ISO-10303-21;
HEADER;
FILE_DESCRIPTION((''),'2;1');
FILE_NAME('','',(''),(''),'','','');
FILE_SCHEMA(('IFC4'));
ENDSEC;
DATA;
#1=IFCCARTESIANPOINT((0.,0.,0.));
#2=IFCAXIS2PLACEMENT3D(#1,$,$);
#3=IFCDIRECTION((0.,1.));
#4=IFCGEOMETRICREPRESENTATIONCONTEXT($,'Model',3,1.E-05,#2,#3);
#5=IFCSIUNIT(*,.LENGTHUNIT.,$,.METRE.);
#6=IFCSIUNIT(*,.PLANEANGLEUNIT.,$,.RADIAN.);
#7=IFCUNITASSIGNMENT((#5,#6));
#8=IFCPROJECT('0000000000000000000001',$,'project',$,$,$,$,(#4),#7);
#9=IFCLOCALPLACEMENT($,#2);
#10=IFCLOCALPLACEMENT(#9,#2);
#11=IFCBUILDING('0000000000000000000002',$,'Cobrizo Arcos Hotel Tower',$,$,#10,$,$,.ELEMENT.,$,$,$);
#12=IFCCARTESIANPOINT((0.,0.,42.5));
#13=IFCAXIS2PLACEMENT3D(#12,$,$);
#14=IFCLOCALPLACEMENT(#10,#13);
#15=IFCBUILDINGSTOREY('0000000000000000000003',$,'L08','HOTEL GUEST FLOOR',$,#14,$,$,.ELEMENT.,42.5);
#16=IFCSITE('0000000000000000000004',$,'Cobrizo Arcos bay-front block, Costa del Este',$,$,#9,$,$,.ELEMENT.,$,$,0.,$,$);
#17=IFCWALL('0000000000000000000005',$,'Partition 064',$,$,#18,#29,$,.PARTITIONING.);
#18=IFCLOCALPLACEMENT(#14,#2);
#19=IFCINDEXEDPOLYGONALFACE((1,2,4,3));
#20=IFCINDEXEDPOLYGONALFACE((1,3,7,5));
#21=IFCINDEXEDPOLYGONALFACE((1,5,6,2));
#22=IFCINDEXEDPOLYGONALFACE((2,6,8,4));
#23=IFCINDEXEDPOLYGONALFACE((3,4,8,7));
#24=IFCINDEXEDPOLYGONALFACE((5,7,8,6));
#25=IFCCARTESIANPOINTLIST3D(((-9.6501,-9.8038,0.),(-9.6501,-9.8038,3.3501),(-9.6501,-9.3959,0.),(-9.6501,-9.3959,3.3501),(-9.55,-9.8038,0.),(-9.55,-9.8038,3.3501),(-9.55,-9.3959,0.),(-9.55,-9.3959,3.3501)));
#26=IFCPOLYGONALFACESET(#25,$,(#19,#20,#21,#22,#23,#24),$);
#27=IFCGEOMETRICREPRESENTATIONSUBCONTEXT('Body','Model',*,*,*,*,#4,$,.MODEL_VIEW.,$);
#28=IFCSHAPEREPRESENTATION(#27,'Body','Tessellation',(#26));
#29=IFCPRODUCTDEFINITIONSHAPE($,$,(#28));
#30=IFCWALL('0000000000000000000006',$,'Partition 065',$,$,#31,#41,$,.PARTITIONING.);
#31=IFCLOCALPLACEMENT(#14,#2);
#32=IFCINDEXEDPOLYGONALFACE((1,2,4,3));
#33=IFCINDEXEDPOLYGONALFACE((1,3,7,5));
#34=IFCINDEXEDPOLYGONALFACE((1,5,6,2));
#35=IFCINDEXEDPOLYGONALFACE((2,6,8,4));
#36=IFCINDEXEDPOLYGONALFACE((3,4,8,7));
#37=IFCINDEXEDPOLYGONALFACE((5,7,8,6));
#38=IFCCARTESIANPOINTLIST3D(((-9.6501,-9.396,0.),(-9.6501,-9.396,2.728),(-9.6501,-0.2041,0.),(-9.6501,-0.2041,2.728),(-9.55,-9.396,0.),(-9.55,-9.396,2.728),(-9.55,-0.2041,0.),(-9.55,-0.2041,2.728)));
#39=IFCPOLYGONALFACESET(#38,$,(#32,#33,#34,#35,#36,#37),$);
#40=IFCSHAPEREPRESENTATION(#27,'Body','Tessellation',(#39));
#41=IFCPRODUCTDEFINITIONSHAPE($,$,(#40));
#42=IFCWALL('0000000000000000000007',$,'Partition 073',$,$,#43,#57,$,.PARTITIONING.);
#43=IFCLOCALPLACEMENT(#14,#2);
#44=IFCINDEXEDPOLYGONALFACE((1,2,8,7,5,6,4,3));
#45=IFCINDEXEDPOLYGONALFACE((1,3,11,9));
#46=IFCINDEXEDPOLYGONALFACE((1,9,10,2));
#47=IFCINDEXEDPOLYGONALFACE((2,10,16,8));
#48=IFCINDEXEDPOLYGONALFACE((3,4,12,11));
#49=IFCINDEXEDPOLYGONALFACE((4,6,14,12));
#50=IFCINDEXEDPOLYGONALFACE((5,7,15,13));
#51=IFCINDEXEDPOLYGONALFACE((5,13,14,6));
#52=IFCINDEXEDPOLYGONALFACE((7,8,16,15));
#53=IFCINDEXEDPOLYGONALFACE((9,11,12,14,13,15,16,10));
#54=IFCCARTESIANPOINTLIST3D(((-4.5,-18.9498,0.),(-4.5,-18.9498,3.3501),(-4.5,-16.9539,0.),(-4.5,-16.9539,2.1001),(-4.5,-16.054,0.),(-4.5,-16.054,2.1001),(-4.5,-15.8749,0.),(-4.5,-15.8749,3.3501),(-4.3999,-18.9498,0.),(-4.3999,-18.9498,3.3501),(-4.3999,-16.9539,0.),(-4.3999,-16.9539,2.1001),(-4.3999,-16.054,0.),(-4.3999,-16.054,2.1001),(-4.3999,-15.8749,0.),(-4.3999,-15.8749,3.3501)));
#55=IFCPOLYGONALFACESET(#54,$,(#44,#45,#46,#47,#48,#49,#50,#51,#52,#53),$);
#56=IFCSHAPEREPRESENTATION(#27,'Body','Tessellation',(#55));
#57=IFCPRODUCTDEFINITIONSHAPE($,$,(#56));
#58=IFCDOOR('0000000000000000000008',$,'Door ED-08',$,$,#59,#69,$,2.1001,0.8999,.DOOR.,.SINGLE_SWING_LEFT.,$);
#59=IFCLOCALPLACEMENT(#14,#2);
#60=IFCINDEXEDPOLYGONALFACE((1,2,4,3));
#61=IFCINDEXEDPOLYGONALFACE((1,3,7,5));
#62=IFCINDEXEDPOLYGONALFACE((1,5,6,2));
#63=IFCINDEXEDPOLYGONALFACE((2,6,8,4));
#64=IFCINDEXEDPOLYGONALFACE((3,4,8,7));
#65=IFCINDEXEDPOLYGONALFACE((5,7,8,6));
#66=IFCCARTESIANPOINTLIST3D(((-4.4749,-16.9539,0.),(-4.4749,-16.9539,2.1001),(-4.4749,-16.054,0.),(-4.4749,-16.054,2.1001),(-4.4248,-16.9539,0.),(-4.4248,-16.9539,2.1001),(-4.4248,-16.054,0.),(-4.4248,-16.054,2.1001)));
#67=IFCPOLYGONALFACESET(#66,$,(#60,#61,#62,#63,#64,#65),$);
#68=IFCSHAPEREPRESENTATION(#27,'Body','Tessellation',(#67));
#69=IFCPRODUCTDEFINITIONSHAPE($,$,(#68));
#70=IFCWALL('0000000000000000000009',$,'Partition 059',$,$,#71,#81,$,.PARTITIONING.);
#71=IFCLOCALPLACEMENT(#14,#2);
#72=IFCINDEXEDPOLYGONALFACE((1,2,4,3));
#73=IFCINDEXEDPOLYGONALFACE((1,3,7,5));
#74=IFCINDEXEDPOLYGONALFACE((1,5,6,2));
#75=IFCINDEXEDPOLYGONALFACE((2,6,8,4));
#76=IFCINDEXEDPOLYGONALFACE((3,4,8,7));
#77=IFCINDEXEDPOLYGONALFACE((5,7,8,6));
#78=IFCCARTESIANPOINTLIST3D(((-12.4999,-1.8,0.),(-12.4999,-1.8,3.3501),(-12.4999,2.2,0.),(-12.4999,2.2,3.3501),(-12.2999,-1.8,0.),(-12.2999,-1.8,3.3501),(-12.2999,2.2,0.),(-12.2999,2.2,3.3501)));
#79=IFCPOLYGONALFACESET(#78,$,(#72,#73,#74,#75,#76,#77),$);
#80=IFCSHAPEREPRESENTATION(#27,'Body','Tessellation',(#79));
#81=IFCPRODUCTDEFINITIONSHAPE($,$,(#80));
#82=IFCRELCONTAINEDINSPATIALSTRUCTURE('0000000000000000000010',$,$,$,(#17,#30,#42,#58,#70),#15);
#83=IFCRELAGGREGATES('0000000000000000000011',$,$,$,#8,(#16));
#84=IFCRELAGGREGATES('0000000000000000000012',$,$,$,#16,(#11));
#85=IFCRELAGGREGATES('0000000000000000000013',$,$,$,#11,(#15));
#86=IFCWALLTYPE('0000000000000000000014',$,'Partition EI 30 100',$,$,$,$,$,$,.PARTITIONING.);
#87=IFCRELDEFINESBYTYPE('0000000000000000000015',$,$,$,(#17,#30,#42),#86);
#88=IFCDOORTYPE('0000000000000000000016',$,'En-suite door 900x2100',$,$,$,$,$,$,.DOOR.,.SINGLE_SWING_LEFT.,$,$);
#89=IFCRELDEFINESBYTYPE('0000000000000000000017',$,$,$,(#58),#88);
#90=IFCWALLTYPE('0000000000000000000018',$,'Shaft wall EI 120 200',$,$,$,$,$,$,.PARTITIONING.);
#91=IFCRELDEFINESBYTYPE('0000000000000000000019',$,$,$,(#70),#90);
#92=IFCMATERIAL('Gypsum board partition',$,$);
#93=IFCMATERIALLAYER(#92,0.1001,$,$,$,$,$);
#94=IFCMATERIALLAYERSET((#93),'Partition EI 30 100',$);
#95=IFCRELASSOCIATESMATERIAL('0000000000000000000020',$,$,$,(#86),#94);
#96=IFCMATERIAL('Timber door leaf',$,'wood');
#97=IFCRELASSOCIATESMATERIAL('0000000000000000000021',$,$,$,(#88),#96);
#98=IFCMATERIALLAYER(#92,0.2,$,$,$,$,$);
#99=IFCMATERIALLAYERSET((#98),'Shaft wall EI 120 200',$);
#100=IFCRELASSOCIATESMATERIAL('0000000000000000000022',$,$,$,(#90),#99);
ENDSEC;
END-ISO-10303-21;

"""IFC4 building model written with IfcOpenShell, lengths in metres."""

from ifc_helpers import new_model, si_unit, direction, frame, frame_2d, origin, place, context, subcontext, project, spatial, rectangle, extrude, material, layer, layer_set, type_object, element, fill, save


model = new_model("IFC4")

# Units and contexts
model_context = context("Model", 3, precision=1e-05, world=origin(), true_north=direction((0.0, 1.0)))
body_context = subcontext(model_context, "Body", "Model", "MODEL_VIEW")
ifc_project = project(units=[si_unit("LENGTHUNIT", "METRE"), si_unit("PLANEANGLEUNIT", "RADIAN")], contexts=[model_context])

# Site, building, storey
site_placement = place(None, origin())
site = spatial("IfcSite", under=ifc_project, at=site_placement, Name="Cobrizo Arcos bay-front block, Costa del Este", CompositionType="ELEMENT", RefElevation=0.0)
building_placement = place(site_placement, origin())
building = spatial("IfcBuilding", under=site, at=building_placement, Name="Cobrizo Arcos Hotel Tower", CompositionType="ELEMENT")
storey_placement = place(building_placement, frame((0.0, 0.0, 42.5)))
storey = spatial("IfcBuildingStorey", under=building, at=storey_placement, Name="L08", Description="HOTEL GUEST FLOOR", CompositionType="ELEMENT", Elevation=42.5)

# Shared definitions
ifc_material_1 = material(Name="Gypsum board partition")
ifc_material_2 = material(Name="Timber door leaf", Category="wood")

# Walls
ifc_layer_1 = layer(ifc_material_1, 0.1001)
ifc_layer_set_1 = layer_set([ifc_layer_1], Name="Partition EI 30 100")
wall_type_1 = type_object("IfcWallType", Name="Partition EI 30 100", PredefinedType="PARTITIONING", material=ifc_layer_set_1)
wall_1_placement = place(storey_placement, frame((-9.6001, -9.804, 0.0), z_axis=(0.0, 0.0, 1.0), x_axis=(0.0, 1.0, 0.0)))
element("IfcWall", 1, at=wall_1_placement, inside=storey, type_object=wall_type_1, Name="Partition 064", PredefinedType="PARTITIONING", context=body_context, shape_type="SweptSolid", body=[
    extrude(rectangle(XDim=0.408, YDim=0.1001, at=frame_2d((0.2041, 0.0))), origin(), (0.0, 0.0, 1.0), 3.3501),
])
wall_2_placement = place(storey_placement, frame((-9.6001, -9.396, 0.0), z_axis=(0.0, 0.0, 1.0), x_axis=(0.0, 1.0, 0.0)))
element("IfcWall", 2, at=wall_2_placement, inside=storey, type_object=wall_type_1, Name="Partition 065", PredefinedType="PARTITIONING", context=body_context, shape_type="SweptSolid", body=[
    extrude(rectangle(XDim=9.1919, YDim=0.1001, at=frame_2d((4.5959, 0.0))), origin(), (0.0, 0.0, 1.0), 2.728),
])

# Wall, opening, door
wall_3_placement = place(storey_placement, frame((-4.45, -18.95, 0.0), z_axis=(0.0, 0.0, 1.0), x_axis=(0.0, 1.0, 0.0)))
wall_3 = element("IfcWall", 3, at=wall_3_placement, inside=storey, type_object=wall_type_1, Name="Partition 073", PredefinedType="PARTITIONING", context=body_context, shape_type="SweptSolid", body=[
    extrude(rectangle(XDim=3.075, YDim=0.1001, at=frame_2d((1.5376, 0.0))), origin(), (0.0, 0.0, 1.0), 3.3501),
])
opening_1_placement = place(wall_3_placement, frame((1.9961, 0.0, 0.0)))
opening_1 = element("IfcOpeningElement", 4, at=opening_1_placement, cuts=wall_3, PredefinedType="OPENING", context=body_context, shape_type="SweptSolid", body=[
    extrude(rectangle(XDim=0.8999, YDim=2.1001, at=frame_2d((0.45, 1.05))), frame((0.0, 0.062, 0.0), z_axis=(0.0, -1.0, 0.0), x_axis=(1.0, 0.0, 0.0)), (0.0, 0.0, 1.0), 0.124),
])
door_type_1 = type_object("IfcDoorType", Name="En-suite door 900x2100", OperationType="SINGLE_SWING_LEFT", PredefinedType="DOOR", material=ifc_material_2)
door_1_placement = place(opening_1_placement, origin())
door_1 = element("IfcDoor", 5, at=door_1_placement, inside=storey, type_object=door_type_1, Name="Door ED-08", OperationType="SINGLE_SWING_LEFT", OverallHeight=2.1001, OverallWidth=0.8999, PredefinedType="DOOR", context=body_context, shape_type="SweptSolid", body=[
    extrude(rectangle(XDim=0.8999, YDim=2.1001, at=frame_2d((0.45, 1.05))), frame((0.0, 0.0249, 0.0), z_axis=(0.0, -1.0, 0.0), x_axis=(1.0, 0.0, 0.0)), (0.0, 0.0, 1.0), 0.05),
])
fill(opening_1, door_1)

# Wall
ifc_layer_2 = layer(ifc_material_1, 0.2)
ifc_layer_set_2 = layer_set([ifc_layer_2], Name="Shaft wall EI 120 200")
wall_type_2 = type_object("IfcWallType", Name="Shaft wall EI 120 200", PredefinedType="PARTITIONING", material=ifc_layer_set_2)
wall_4_placement = place(storey_placement, frame((-12.3999, -1.8, 0.0), z_axis=(0.0, 0.0, 1.0), x_axis=(0.0, 1.0, 0.0)))
element("IfcWall", 6, at=wall_4_placement, inside=storey, type_object=wall_type_2, Name="Partition 059", PredefinedType="PARTITIONING", context=body_context, shape_type="SweptSolid", body=[
    extrude(rectangle(XDim=4.0, YDim=0.2, at=frame_2d((2.0, 0.0))), origin(), (0.0, 0.0, 1.0), 3.3501),
])

save(model, "model.ifc")
